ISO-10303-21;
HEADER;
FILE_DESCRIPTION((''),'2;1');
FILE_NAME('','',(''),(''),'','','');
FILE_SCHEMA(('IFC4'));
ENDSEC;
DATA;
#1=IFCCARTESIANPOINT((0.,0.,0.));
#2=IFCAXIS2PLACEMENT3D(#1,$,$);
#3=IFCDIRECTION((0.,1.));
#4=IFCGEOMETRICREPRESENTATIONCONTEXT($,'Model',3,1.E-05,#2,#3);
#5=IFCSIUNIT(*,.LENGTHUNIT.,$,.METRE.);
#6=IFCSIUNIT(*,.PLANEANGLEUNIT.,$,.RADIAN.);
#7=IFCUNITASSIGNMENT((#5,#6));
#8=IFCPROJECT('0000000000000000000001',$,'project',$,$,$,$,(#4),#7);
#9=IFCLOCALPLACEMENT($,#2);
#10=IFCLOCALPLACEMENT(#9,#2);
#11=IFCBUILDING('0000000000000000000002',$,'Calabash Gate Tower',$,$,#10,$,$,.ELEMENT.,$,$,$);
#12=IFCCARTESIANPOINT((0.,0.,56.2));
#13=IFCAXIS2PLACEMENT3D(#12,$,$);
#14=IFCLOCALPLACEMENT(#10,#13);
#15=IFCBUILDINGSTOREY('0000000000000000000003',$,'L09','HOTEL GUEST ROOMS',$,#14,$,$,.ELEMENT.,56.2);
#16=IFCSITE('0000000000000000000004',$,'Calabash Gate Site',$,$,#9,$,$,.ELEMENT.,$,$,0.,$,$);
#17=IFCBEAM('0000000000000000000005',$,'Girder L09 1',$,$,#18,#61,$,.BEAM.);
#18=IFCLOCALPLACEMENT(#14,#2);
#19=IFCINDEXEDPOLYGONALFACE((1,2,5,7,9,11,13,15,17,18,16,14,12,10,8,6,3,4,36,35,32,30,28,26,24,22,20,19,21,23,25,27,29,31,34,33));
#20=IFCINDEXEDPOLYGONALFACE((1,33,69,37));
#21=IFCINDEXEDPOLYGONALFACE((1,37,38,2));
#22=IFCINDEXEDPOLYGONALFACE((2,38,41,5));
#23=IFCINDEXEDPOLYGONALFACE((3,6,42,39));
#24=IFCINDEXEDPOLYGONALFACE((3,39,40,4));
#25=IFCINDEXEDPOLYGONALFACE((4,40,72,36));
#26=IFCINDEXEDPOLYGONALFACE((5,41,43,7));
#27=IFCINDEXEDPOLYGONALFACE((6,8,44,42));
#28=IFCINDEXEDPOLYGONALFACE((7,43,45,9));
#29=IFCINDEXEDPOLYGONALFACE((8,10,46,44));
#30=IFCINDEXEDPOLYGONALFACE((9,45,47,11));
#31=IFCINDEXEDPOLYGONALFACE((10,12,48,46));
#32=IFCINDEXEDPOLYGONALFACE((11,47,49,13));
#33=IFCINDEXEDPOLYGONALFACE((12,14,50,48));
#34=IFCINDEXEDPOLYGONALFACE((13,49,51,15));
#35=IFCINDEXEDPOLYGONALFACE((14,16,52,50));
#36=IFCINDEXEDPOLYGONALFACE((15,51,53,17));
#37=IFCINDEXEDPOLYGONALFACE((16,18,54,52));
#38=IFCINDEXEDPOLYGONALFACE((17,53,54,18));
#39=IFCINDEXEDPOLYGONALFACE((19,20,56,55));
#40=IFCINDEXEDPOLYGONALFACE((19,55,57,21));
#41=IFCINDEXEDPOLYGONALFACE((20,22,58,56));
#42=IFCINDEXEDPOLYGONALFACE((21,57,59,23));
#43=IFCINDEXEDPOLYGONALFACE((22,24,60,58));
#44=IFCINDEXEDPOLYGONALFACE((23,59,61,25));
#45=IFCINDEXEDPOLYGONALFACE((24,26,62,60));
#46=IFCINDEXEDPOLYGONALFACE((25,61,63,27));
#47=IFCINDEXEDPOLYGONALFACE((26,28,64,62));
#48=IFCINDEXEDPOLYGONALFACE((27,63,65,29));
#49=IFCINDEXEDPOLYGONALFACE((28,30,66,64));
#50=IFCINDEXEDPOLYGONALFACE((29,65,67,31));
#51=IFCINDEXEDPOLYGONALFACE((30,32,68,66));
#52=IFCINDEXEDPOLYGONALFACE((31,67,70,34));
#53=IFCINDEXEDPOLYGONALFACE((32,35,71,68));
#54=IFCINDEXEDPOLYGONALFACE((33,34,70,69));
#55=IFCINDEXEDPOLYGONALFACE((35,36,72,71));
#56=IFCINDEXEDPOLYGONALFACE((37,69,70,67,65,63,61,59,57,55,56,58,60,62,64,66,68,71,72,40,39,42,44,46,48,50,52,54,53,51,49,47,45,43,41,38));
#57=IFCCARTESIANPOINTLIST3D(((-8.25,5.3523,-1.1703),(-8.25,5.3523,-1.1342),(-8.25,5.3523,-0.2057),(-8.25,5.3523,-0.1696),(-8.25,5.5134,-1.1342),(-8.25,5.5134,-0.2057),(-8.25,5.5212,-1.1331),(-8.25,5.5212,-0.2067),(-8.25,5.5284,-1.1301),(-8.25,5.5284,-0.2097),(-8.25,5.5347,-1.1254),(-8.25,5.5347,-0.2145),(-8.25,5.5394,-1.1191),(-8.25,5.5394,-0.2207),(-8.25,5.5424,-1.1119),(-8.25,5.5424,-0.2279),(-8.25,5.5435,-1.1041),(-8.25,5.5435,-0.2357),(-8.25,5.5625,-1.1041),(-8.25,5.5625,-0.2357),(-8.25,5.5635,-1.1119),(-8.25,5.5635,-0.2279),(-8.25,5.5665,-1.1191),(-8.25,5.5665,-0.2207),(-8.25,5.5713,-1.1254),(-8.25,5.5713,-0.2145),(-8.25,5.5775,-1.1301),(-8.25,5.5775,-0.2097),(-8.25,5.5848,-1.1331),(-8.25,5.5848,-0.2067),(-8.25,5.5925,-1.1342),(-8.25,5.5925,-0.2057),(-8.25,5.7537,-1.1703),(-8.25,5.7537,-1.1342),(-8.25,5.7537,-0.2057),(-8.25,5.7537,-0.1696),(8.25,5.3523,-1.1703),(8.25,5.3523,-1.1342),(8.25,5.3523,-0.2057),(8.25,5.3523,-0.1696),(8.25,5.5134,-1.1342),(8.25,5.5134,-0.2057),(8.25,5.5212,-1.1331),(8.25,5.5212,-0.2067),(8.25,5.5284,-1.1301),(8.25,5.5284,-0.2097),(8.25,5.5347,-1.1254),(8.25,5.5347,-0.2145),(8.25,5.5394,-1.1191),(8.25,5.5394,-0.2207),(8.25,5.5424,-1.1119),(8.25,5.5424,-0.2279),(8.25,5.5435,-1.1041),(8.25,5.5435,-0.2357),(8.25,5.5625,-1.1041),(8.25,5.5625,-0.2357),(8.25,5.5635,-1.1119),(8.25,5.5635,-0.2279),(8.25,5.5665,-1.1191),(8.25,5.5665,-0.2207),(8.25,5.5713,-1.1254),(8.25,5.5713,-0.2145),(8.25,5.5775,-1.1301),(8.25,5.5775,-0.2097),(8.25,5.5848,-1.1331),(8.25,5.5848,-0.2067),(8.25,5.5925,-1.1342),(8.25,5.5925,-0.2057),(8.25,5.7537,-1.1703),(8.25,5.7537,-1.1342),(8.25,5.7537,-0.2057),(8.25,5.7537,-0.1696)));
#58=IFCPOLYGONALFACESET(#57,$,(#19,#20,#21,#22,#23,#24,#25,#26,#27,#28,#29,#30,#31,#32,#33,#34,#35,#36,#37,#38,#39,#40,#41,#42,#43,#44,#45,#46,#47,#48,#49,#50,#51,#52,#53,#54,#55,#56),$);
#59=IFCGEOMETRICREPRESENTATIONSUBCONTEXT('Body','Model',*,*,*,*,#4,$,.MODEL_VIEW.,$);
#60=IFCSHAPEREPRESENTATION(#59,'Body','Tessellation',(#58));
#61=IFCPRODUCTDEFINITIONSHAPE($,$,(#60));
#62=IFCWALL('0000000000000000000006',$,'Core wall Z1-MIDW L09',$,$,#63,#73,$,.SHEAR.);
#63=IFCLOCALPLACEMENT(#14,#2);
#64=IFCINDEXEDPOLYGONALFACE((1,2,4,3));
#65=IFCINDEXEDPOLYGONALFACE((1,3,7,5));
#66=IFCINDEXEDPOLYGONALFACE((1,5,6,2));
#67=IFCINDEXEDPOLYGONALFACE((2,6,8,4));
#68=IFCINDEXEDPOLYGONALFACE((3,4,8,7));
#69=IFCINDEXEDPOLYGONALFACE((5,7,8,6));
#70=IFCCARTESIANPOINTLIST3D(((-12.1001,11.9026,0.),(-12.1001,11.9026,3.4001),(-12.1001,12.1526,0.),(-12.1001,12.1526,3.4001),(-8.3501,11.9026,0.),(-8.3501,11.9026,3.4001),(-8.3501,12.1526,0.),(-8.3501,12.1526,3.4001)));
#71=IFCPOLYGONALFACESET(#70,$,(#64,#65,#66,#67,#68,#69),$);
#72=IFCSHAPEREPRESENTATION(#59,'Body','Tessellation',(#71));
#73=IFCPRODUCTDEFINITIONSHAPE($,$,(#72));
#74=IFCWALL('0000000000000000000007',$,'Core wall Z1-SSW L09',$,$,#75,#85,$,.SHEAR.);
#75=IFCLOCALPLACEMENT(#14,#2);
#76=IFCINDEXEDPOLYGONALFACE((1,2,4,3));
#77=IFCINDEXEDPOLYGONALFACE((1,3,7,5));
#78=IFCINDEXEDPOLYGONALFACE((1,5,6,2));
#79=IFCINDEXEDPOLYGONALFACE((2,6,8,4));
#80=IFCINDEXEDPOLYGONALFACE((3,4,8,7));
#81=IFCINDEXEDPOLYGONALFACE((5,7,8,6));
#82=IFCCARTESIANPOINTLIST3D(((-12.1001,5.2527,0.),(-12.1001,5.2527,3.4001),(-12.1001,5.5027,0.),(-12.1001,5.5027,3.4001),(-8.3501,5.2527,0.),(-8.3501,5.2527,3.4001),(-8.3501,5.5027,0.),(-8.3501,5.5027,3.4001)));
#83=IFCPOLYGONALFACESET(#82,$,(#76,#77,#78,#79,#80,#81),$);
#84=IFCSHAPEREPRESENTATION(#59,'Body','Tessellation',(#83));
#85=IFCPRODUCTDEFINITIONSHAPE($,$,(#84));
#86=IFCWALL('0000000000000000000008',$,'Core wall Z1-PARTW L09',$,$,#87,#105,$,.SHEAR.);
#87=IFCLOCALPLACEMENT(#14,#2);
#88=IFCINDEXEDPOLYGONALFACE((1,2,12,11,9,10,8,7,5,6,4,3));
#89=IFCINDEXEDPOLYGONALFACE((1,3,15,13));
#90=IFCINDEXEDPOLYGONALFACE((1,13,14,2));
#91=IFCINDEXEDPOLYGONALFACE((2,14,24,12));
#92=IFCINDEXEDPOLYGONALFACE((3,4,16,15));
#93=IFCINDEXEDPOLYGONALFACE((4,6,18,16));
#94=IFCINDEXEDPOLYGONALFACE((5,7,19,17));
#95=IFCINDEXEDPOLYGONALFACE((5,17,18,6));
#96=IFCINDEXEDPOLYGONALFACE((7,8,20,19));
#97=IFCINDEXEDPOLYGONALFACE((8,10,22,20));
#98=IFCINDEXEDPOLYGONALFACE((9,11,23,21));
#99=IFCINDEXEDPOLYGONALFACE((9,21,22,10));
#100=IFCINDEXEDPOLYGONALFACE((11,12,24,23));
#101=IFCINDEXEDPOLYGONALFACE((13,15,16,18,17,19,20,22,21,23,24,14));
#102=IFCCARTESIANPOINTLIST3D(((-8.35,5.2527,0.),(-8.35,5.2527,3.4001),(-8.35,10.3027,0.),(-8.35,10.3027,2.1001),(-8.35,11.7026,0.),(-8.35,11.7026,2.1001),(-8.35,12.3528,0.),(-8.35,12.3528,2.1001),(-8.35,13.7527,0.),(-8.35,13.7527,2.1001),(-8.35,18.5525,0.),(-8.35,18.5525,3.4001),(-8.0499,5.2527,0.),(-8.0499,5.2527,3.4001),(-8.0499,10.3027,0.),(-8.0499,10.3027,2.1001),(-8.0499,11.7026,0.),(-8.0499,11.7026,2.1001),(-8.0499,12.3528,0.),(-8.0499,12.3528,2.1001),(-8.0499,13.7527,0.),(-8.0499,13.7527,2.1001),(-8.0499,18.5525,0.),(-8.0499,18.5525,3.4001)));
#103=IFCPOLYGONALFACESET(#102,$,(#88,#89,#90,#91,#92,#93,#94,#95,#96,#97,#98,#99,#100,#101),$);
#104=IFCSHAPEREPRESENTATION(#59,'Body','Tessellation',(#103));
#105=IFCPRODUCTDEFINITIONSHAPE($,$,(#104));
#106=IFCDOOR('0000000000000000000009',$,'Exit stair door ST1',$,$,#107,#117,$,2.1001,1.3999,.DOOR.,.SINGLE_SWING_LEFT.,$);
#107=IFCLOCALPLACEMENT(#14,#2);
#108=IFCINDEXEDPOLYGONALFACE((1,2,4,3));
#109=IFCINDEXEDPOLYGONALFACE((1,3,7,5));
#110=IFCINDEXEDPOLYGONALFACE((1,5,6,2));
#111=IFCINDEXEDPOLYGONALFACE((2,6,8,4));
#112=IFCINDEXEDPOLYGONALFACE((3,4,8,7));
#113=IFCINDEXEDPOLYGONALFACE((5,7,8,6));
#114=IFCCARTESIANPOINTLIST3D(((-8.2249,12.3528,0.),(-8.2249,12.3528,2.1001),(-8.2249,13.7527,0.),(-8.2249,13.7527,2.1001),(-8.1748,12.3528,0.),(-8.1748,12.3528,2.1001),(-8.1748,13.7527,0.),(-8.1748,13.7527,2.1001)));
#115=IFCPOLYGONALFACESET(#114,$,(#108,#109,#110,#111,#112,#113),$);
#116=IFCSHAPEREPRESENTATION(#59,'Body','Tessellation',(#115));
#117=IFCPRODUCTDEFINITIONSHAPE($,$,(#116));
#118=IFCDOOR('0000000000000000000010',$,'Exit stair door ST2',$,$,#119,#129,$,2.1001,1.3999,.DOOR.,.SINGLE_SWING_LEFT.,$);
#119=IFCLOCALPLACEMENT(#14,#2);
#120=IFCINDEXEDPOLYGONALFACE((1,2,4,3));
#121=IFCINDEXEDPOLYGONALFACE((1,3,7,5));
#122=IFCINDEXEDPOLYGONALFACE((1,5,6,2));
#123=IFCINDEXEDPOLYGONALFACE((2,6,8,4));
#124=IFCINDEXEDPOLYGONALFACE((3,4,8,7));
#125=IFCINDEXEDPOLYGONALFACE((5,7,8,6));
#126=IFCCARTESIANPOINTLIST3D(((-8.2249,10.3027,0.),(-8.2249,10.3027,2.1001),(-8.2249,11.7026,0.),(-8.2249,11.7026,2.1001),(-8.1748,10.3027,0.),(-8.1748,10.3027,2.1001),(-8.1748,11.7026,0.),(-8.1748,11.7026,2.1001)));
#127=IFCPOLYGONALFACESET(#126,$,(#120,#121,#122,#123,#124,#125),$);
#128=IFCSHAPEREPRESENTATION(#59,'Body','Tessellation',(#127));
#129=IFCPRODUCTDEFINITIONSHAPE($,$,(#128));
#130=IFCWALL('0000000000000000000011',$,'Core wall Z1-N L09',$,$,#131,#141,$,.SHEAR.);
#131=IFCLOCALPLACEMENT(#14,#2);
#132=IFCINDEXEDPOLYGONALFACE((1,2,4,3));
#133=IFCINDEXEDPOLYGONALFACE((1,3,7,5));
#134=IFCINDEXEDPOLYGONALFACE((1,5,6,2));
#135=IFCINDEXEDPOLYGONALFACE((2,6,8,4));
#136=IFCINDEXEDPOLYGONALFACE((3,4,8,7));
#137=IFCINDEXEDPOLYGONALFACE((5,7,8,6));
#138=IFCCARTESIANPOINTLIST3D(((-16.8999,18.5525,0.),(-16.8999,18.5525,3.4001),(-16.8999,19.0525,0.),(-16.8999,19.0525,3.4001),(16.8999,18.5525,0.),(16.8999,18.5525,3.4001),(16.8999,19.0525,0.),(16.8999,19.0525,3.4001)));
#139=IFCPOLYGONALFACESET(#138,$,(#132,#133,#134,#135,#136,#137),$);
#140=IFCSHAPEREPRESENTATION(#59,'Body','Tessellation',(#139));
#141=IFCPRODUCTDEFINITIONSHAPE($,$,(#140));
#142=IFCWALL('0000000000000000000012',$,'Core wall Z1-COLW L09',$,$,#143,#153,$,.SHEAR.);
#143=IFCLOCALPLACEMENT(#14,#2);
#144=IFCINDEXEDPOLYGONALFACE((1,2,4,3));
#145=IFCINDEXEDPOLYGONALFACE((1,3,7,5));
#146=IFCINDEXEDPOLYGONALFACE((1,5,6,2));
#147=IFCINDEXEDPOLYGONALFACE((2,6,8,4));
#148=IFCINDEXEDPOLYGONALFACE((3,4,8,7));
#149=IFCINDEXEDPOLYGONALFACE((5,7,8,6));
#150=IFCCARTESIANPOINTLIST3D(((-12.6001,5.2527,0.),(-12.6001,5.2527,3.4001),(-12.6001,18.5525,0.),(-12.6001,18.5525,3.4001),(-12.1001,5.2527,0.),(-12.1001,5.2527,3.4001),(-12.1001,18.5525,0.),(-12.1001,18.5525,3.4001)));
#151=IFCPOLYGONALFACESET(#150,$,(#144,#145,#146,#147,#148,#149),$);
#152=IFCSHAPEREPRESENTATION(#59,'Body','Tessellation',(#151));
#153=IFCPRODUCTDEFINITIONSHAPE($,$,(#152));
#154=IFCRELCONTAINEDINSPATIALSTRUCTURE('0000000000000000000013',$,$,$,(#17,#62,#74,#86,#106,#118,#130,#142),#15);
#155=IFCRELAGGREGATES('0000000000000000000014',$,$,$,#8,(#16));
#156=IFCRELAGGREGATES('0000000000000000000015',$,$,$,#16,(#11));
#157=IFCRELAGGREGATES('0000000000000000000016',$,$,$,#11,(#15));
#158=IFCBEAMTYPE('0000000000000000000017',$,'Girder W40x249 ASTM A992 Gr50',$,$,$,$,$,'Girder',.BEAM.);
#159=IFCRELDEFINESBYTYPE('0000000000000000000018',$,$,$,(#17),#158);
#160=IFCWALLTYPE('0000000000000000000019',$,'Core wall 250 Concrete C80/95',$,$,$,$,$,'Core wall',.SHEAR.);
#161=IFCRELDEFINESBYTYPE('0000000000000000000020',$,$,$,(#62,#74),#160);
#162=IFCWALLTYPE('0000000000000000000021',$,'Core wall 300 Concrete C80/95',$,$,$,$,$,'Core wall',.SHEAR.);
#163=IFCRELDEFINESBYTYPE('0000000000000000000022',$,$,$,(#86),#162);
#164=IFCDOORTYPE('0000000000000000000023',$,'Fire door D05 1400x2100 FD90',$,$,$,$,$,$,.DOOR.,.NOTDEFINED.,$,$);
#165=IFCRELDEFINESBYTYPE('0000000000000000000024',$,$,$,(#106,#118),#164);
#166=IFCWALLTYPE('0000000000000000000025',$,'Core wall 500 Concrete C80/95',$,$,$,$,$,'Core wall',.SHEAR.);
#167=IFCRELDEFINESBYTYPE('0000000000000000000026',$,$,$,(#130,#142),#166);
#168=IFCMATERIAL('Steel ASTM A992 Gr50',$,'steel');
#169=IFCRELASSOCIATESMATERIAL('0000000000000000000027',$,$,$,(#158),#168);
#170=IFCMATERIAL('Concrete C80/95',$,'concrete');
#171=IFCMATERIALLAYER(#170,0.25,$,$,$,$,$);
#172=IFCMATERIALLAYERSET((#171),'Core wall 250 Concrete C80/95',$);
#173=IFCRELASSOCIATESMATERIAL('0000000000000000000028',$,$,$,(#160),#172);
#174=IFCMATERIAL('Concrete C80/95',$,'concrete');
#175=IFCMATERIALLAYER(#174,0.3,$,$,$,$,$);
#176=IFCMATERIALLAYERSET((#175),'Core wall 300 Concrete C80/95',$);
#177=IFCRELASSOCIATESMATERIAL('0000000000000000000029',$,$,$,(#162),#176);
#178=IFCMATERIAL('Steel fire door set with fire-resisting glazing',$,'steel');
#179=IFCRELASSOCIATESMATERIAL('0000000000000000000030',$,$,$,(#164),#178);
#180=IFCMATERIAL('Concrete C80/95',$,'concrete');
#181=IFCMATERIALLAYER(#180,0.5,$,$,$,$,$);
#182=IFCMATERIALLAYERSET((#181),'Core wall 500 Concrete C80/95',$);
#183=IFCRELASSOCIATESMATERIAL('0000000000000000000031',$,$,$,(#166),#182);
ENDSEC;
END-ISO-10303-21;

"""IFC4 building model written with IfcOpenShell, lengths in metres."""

from ifc_helpers import new_model, si_unit, direction, frame, frame_2d, origin, origin_2d, place, context, subcontext, project, spatial, rectangle, i_section, extrude, material, layer, layer_set, material_profile, profile_set, type_object, element, fill, save


model = new_model("IFC4")

# Units and contexts
model_context = context("Model", 3, precision=1e-05, world=origin(), true_north=direction((0.0, 1.0)))
body_context = subcontext(model_context, "Body", "Model", "MODEL_VIEW")
ifc_project = project(units=[si_unit("LENGTHUNIT", "METRE"), si_unit("PLANEANGLEUNIT", "RADIAN")], contexts=[model_context])

# Site, building, storey
site_placement = place(None, origin())
site = spatial("IfcSite", under=ifc_project, at=site_placement, Name="Calabash Gate Site", CompositionType="ELEMENT", RefElevation=0.0)
building_placement = place(site_placement, origin())
building = spatial("IfcBuilding", under=site, at=building_placement, Name="Calabash Gate Tower", CompositionType="ELEMENT")
storey_placement = place(building_placement, frame((0.0, 0.0, 56.2)))
storey = spatial("IfcBuildingStorey", under=building, at=storey_placement, Name="L09", Description="HOTEL GUEST ROOMS", CompositionType="ELEMENT", Elevation=56.2)

# Beam
ifc_material_1 = material(Name="Steel ASTM A992 Gr50", Category="steel")
ifc_material_profile = material_profile(ifc_material_1, i_section(OverallWidth=0.4014, OverallDepth=1.0007, WebThickness=0.019, FlangeThickness=0.0361, FilletRadius=0.03, at=origin_2d()))
ifc_profile_set = profile_set([ifc_material_profile], Name="Steel ASTM A992 Gr50")
beam_type = type_object("IfcBeamType", Name="Girder W40x249 ASTM A992 Gr50", ElementType="Girder", PredefinedType="BEAM", material=ifc_profile_set)
beam_placement = place(storey_placement, frame((-8.25, 5.553, -0.6699), z_axis=(1.0, 0.0, 0.0), x_axis=(0.0, 1.0, 0.0)))
element("IfcBeam", 1, at=beam_placement, inside=storey, type_object=beam_type, Name="Girder L09 1", PredefinedType="BEAM", context=body_context, shape_type="SweptSolid", body=[
    extrude(i_section(OverallWidth=0.4014, OverallDepth=1.0007, WebThickness=0.019, FlangeThickness=0.0361, FilletRadius=0.03, at=origin_2d()), origin(), (0.0, 0.0, 1.0), 16.5),
])

# Walls
ifc_material_2 = material(Name="Concrete C80/95", Category="concrete")
ifc_layer_1 = layer(ifc_material_2, 0.25)
ifc_layer_set_1 = layer_set([ifc_layer_1], Name="Core wall 250 Concrete C80/95")
wall_type_1 = type_object("IfcWallType", Name="Core wall 250 Concrete C80/95", ElementType="Core wall", PredefinedType="SHEAR", material=ifc_layer_set_1)
for number, where, z_axis, x_axis, name in (
    (2, (-12.1001, 12.0276, 0.0), (0.0, 0.0, 1.0), (1.0, 0.0, 0.0), "Core wall Z1-MIDW L09"),
    (3, (-12.1001, 5.3777, 0.0), (0.0, 0.0, 1.0), (1.0, 0.0, 0.0), "Core wall Z1-SSW L09"),
):
    element("IfcWall", number, at=place(storey_placement, frame(where, z_axis=z_axis, x_axis=x_axis)), inside=storey, type_object=wall_type_1, Name=name, PredefinedType="SHEAR", context=body_context, shape_type="SweptSolid", body=[
        extrude(rectangle(XDim=3.75, YDim=0.25, at=frame_2d((1.875, 0.0))), origin(), (0.0, 0.0, 1.0), 3.4001),
    ])

# Wall, openings, doors
ifc_material_3 = material(Name="Concrete C80/95", Category="concrete")
ifc_layer_2 = layer(ifc_material_3, 0.3)
ifc_layer_set_2 = layer_set([ifc_layer_2], Name="Core wall 300 Concrete C80/95")
wall_type_2 = type_object("IfcWallType", Name="Core wall 300 Concrete C80/95", ElementType="Core wall", PredefinedType="SHEAR", material=ifc_layer_set_2)
wall_1_placement = place(storey_placement, frame((-8.2, 5.2527, 0.0), z_axis=(0.0, 0.0, 1.0), x_axis=(0.0, 1.0, 0.0)))
wall_1 = element("IfcWall", 4, at=wall_1_placement, inside=storey, type_object=wall_type_2, Name="Core wall Z1-PARTW L09", PredefinedType="SHEAR", context=body_context, shape_type="SweptSolid", body=[
    extrude(rectangle(XDim=13.2998, YDim=0.3, at=frame_2d((6.6499, 0.0))), origin(), (0.0, 0.0, 1.0), 3.4001),
])
opening_1_placement = place(wall_1_placement, frame((7.1001, 0.0, 0.0)))
opening_1 = element("IfcOpeningElement", 5, at=opening_1_placement, cuts=wall_1, PredefinedType="OPENING", context=body_context, shape_type="SweptSolid", body=[
    extrude(rectangle(XDim=1.3999, YDim=2.1001, at=frame_2d((0.7, 1.05))), frame((0.0, 0.1599, 0.0), z_axis=(0.0, -1.0, 0.0), x_axis=(1.0, 0.0, 0.0)), (0.0, 0.0, 1.0), 0.3201),
])
opening_2_placement = place(wall_1_placement, frame((5.05, 0.0, 0.0)))
opening_2 = element("IfcOpeningElement", 6, at=opening_2_placement, cuts=wall_1, PredefinedType="OPENING", context=body_context, shape_type="SweptSolid", body=[
    extrude(rectangle(XDim=1.3999, YDim=2.1001, at=frame_2d((0.7, 1.05))), frame((0.0, 0.1599, 0.0), z_axis=(0.0, -1.0, 0.0), x_axis=(1.0, 0.0, 0.0)), (0.0, 0.0, 1.0), 0.3201),
])
ifc_material_4 = material(Name="Steel fire door set with fire-resisting glazing", Category="steel")
door_type_1 = type_object("IfcDoorType", Name="Fire door D05 1400x2100 FD90", OperationType="NOTDEFINED", PredefinedType="DOOR", material=ifc_material_4)
door_1_placement = place(opening_1_placement, origin())
door_1 = element("IfcDoor", 7, at=door_1_placement, inside=storey, type_object=door_type_1, Name="Exit stair door ST1", OperationType="SINGLE_SWING_LEFT", OverallHeight=2.1001, OverallWidth=1.3999, PredefinedType="DOOR", context=body_context, shape_type="SweptSolid", body=[
    extrude(rectangle(XDim=1.3999, YDim=2.1001, at=frame_2d((0.7, 1.05))), frame((0.0, 0.0249, 0.0), z_axis=(0.0, -1.0, 0.0), x_axis=(1.0, 0.0, 0.0)), (0.0, 0.0, 1.0), 0.05),
])
fill(opening_1, door_1)
door_2_placement = place(opening_2_placement, origin())
door_2 = element("IfcDoor", 8, at=door_2_placement, inside=storey, type_object=door_type_1, Name="Exit stair door ST2", OperationType="SINGLE_SWING_LEFT", OverallHeight=2.1001, OverallWidth=1.3999, PredefinedType="DOOR", context=body_context, shape_type="SweptSolid", body=[
    extrude(rectangle(XDim=1.3999, YDim=2.1001, at=frame_2d((0.7, 1.05))), frame((0.0, 0.0249, 0.0), z_axis=(0.0, -1.0, 0.0), x_axis=(1.0, 0.0, 0.0)), (0.0, 0.0, 1.0), 0.05),
])
fill(opening_2, door_2)

# Walls
ifc_material_5 = material(Name="Concrete C80/95", Category="concrete")
ifc_layer_3 = layer(ifc_material_5, 0.5)
ifc_layer_set_3 = layer_set([ifc_layer_3], Name="Core wall 500 Concrete C80/95")
wall_type_3 = type_object("IfcWallType", Name="Core wall 500 Concrete C80/95", ElementType="Core wall", PredefinedType="SHEAR", material=ifc_layer_set_3)
wall_2_placement = place(storey_placement, frame((-16.8999, 18.8025, 0.0), z_axis=(0.0, 0.0, 1.0), x_axis=(1.0, 0.0, 0.0)))
element("IfcWall", 9, at=wall_2_placement, inside=storey, type_object=wall_type_3, Name="Core wall Z1-N L09", PredefinedType="SHEAR", context=body_context, shape_type="SweptSolid", body=[
    extrude(rectangle(XDim=33.7998, YDim=0.5, at=frame_2d((16.8999, 0.0))), origin(), (0.0, 0.0, 1.0), 3.4001),
])
wall_3_placement = place(storey_placement, frame((-12.3501, 5.2527, 0.0), z_axis=(0.0, 0.0, 1.0), x_axis=(0.0, 1.0, 0.0)))
element("IfcWall", 10, at=wall_3_placement, inside=storey, type_object=wall_type_3, Name="Core wall Z1-COLW L09", PredefinedType="SHEAR", context=body_context, shape_type="SweptSolid", body=[
    extrude(rectangle(XDim=13.2998, YDim=0.5, at=frame_2d((6.6499, 0.0))), origin(), (0.0, 0.0, 1.0), 3.4001),
])

save(model, "model.ifc")
